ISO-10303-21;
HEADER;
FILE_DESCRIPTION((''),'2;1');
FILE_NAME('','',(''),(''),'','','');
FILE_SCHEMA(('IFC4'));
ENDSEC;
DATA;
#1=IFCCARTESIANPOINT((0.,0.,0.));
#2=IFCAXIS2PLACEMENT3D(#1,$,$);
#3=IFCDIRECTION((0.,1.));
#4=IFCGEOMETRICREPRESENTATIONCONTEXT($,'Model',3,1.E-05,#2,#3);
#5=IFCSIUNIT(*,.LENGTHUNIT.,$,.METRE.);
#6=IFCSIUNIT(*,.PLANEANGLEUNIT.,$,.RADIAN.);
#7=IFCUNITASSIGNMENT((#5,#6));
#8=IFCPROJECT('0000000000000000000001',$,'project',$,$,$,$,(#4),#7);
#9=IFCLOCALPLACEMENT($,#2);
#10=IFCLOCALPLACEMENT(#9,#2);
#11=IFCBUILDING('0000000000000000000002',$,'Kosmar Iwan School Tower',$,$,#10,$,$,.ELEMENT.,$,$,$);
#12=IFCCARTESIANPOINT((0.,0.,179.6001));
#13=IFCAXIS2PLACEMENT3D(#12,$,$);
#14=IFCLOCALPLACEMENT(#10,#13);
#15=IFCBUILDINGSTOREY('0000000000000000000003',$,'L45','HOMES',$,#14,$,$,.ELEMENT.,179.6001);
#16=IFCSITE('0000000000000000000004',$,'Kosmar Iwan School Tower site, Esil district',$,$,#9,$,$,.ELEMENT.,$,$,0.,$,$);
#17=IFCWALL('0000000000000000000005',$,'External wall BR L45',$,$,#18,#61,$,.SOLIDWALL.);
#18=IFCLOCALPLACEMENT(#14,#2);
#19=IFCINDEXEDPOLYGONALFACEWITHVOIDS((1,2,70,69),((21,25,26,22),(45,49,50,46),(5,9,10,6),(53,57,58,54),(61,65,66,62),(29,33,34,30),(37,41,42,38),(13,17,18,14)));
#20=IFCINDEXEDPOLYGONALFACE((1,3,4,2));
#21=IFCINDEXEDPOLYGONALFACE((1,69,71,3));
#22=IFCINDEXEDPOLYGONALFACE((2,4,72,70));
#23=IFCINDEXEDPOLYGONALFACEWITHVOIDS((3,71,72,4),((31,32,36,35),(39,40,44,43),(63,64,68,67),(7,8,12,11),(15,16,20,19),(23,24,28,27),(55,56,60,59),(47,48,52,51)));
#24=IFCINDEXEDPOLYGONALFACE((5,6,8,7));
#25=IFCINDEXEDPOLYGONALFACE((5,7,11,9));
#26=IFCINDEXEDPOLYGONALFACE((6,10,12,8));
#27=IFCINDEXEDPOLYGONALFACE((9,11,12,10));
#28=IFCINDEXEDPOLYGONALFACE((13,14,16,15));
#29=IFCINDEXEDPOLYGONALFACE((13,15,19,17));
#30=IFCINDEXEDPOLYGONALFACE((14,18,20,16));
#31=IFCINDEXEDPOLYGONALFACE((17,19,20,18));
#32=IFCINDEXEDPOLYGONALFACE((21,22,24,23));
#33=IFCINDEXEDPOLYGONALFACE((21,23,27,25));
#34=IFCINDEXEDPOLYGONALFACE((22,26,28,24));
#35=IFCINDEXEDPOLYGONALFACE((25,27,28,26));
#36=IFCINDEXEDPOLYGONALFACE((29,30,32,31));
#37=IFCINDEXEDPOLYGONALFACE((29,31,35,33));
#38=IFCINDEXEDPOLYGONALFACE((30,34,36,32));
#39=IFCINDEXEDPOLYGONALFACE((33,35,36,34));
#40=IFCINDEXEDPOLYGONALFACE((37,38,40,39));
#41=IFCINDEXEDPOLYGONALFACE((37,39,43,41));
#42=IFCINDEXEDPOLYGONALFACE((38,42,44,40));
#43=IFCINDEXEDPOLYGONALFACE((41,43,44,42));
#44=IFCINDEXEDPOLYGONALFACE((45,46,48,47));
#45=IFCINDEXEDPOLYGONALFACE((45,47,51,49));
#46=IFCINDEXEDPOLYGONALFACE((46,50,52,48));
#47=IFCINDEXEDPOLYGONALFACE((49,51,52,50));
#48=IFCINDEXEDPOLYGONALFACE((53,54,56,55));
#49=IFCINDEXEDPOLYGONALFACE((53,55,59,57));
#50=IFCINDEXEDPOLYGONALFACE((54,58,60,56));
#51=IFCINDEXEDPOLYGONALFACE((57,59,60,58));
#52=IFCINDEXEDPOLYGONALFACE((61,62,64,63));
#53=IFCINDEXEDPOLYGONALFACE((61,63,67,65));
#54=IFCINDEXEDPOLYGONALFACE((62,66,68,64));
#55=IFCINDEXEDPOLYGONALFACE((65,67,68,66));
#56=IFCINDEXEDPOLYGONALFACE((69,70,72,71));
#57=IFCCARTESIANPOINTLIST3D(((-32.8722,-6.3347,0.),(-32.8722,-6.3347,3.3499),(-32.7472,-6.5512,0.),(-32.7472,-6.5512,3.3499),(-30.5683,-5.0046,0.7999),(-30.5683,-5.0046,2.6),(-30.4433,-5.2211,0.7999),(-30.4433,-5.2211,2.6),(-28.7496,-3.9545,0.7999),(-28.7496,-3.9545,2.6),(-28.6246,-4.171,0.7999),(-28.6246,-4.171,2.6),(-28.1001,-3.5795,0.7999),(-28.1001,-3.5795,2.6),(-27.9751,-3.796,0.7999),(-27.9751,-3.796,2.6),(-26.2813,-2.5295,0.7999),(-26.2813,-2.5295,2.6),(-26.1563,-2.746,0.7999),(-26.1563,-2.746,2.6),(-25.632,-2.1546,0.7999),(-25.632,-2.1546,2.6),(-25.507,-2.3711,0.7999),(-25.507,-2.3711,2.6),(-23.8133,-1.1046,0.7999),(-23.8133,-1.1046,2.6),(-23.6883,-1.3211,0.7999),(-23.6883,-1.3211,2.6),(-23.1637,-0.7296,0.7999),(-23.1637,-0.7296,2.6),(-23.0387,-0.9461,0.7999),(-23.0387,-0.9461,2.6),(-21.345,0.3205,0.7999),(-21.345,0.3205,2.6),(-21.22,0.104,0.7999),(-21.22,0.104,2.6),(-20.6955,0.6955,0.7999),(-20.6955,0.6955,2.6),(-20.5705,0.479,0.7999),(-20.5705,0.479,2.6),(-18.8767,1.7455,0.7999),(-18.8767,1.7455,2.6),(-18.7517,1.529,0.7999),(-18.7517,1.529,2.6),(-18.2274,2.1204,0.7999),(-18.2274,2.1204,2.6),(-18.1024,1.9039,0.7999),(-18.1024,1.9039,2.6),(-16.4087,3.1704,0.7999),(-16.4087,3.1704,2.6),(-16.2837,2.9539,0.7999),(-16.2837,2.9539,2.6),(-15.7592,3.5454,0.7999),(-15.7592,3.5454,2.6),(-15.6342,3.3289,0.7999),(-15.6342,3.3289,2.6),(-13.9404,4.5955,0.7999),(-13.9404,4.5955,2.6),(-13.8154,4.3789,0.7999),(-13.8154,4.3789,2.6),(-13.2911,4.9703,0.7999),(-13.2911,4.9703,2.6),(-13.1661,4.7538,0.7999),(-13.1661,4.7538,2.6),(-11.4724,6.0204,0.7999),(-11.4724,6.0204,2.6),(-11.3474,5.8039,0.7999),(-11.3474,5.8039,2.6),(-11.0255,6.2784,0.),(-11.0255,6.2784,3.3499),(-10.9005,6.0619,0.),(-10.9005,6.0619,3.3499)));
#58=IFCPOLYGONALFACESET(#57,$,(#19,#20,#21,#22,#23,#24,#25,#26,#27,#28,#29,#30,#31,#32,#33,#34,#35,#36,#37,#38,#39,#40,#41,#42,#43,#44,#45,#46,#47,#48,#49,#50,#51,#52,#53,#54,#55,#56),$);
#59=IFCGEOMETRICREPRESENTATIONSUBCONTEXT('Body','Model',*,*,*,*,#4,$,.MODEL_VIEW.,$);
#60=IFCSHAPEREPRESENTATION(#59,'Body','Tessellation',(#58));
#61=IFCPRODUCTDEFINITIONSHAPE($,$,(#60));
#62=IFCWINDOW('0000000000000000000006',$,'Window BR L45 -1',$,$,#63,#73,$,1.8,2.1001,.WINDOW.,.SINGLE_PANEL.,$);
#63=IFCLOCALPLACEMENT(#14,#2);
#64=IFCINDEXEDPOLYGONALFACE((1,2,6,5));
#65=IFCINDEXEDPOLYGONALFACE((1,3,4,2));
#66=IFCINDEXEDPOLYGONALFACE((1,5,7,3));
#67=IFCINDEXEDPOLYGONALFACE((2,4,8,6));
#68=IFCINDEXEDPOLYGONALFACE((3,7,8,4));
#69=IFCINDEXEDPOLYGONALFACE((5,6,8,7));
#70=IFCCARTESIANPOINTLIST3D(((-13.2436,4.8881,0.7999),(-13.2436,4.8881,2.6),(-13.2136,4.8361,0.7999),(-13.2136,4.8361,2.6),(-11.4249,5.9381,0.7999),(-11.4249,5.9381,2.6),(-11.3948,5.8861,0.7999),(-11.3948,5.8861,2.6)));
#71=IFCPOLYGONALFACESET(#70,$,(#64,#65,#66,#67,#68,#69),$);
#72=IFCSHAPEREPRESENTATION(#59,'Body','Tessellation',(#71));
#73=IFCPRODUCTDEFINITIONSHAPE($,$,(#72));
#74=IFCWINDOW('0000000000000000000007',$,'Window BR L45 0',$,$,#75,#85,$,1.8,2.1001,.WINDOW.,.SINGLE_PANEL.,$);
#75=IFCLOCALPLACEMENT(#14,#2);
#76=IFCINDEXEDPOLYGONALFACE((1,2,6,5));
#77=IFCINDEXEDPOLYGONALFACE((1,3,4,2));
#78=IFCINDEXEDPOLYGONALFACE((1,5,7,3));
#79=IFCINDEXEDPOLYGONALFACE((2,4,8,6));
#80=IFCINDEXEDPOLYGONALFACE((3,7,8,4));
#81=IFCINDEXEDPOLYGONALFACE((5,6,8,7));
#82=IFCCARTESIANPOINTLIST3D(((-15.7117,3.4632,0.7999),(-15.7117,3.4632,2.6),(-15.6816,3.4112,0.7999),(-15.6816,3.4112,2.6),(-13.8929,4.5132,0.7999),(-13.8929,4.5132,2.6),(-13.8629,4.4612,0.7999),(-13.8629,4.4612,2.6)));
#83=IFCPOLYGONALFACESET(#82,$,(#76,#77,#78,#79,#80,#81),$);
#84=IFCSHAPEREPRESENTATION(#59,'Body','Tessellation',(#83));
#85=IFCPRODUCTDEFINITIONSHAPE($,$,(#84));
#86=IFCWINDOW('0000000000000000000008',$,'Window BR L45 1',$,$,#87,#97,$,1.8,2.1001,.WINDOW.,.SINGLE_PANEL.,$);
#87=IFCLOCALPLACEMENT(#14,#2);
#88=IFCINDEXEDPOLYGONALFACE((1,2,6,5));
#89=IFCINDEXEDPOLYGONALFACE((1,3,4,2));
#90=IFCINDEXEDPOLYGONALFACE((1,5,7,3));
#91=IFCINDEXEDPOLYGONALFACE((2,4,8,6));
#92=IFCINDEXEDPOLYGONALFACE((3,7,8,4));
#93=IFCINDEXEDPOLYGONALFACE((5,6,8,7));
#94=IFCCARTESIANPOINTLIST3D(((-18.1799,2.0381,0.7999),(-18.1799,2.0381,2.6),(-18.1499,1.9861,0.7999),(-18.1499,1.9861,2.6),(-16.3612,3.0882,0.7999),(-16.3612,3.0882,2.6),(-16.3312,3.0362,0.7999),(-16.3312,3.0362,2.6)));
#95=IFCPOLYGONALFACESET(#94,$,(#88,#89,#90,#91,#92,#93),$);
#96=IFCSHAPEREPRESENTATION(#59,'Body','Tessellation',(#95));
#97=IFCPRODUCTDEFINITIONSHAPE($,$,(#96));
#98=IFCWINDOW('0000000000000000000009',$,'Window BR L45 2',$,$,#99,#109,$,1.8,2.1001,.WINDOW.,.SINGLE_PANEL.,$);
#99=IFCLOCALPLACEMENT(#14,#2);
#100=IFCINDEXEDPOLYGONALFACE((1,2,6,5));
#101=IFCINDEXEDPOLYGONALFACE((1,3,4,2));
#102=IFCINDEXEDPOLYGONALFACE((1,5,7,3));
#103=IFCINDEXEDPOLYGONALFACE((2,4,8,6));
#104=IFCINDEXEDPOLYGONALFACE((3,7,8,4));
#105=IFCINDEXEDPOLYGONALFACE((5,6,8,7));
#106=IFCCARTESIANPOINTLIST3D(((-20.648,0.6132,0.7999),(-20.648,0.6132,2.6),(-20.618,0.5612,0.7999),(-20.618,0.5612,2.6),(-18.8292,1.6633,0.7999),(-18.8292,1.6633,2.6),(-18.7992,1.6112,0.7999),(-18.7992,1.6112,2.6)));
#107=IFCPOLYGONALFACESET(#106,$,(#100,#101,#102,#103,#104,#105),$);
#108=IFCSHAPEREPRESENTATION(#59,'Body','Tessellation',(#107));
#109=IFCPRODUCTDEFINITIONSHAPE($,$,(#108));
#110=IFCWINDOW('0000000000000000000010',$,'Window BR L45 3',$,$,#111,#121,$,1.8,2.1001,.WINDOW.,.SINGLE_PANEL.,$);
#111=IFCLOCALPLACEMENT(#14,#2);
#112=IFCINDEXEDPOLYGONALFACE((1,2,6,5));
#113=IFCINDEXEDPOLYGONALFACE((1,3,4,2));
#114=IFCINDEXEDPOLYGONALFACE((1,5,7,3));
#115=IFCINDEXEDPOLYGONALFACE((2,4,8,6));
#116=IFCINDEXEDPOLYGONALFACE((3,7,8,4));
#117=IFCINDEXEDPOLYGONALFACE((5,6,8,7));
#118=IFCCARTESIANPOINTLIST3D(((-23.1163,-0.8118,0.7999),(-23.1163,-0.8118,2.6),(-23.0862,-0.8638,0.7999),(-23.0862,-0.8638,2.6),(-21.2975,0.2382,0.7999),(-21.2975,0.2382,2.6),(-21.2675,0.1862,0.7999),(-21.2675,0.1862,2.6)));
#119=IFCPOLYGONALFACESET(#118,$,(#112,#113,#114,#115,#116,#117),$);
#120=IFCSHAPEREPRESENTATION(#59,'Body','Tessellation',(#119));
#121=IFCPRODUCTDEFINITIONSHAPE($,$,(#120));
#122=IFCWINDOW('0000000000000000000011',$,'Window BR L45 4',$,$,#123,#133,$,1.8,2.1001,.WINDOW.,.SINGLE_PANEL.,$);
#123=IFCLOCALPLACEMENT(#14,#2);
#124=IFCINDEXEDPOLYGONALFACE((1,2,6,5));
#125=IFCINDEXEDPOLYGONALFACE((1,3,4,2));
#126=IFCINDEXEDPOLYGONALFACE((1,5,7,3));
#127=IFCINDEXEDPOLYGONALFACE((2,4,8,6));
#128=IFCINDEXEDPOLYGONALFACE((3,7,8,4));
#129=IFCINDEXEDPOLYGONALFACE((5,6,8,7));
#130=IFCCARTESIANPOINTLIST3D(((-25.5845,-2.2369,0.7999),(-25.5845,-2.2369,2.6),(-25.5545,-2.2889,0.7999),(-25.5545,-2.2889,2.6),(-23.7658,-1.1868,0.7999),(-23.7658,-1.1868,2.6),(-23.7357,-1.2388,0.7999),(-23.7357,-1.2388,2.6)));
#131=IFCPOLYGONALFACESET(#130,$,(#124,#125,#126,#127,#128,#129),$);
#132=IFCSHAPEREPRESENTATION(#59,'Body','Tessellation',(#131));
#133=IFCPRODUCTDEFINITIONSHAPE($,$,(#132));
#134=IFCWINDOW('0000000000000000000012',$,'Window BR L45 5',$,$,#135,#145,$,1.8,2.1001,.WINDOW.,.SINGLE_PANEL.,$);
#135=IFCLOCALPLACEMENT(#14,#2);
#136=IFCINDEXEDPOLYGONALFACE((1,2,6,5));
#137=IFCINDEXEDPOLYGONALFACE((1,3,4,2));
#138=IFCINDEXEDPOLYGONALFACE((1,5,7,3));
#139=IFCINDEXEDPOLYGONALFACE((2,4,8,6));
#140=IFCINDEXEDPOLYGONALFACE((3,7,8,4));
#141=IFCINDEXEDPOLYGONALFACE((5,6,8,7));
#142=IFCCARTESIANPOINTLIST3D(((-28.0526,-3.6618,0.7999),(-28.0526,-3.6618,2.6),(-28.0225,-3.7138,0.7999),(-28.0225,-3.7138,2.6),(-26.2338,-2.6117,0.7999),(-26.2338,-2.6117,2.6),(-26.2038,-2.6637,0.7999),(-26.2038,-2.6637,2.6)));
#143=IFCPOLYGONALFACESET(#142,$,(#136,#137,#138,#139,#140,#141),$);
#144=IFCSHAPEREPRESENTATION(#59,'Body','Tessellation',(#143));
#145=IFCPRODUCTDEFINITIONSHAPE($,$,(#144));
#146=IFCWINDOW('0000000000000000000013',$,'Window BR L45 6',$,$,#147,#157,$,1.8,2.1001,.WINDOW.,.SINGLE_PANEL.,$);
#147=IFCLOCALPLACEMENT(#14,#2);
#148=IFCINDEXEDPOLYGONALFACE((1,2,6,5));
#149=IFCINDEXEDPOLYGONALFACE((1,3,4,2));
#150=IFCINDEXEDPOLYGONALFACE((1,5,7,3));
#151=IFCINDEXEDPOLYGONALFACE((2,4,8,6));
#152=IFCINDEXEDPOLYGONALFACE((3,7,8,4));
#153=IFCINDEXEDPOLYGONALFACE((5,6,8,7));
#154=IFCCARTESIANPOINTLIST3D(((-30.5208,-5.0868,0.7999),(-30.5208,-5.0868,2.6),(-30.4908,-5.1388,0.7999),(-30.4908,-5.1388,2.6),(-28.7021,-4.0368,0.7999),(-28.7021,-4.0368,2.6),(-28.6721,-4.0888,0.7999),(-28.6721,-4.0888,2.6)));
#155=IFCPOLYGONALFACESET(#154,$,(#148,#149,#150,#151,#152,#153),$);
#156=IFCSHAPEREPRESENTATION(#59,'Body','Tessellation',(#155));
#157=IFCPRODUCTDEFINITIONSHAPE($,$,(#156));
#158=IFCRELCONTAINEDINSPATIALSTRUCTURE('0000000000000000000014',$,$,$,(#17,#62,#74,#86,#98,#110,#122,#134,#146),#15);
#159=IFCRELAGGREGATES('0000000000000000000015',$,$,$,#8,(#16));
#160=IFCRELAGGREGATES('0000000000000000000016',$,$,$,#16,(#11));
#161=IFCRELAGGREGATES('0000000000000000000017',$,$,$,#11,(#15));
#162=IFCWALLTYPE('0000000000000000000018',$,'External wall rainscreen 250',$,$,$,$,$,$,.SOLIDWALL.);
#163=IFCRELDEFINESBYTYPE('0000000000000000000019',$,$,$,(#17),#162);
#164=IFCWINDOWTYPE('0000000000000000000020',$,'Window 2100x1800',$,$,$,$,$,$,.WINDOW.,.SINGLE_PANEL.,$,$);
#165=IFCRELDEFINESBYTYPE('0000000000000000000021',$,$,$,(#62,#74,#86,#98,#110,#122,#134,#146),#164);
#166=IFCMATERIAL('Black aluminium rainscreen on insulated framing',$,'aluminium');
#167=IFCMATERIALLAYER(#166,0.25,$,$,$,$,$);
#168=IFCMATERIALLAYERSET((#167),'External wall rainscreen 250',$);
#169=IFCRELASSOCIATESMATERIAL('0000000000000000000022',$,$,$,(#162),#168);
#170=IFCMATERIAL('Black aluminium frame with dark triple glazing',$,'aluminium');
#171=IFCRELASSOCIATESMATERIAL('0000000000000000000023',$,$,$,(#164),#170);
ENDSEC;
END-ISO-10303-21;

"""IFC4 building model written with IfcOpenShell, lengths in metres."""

from ifc_helpers import new_model, si_unit, direction, frame, frame_2d, origin, place, context, subcontext, project, spatial, rectangle, extrude, material, layer, layer_set, type_object, element, fill, save


model = new_model("IFC4")

# Units and contexts
model_context = context("Model", 3, precision=1e-05, world=origin(), true_north=direction((0.0, 1.0)))
body_context = subcontext(model_context, "Body", "Model", "MODEL_VIEW")
ifc_project = project(units=[si_unit("LENGTHUNIT", "METRE"), si_unit("PLANEANGLEUNIT", "RADIAN")], contexts=[model_context])

# Site, building, storey
site_placement = place(None, origin())
site = spatial("IfcSite", under=ifc_project, at=site_placement, Name="Kosmar Iwan School Tower site, Esil district", CompositionType="ELEMENT", RefElevation=0.0)
building_placement = place(site_placement, origin())
building = spatial("IfcBuilding", under=site, at=building_placement, Name="Kosmar Iwan School Tower", CompositionType="ELEMENT")
storey_placement = place(building_placement, frame((0.0, 0.0, 179.6001)))
storey = spatial("IfcBuildingStorey", under=building, at=storey_placement, Name="L45", Description="HOMES", CompositionType="ELEMENT", Elevation=179.6001)

# Wall, openings, windows
ifc_material_1 = material(Name="Black aluminium rainscreen on insulated framing", Category="aluminium")
ifc_layer = layer(ifc_material_1, 0.25)
ifc_layer_set = layer_set([ifc_layer], Name="External wall rainscreen 250")
wall_type = type_object("IfcWallType", Name="External wall rainscreen 250", PredefinedType="SOLIDWALL", material=ifc_layer_set)
ifc_material_2 = material(Name="Black aluminium frame with dark triple glazing", Category="aluminium")
window_type = type_object("IfcWindowType", Name="Window 2100x1800", PartitioningType="SINGLE_PANEL", PredefinedType="WINDOW", material=ifc_material_2)
wall_1_placement = place(storey_placement, frame((-10.9629, 6.1702, 0.0), z_axis=(0.0, 0.0, 1.0), x_axis=(-0.866028, -0.499996, 0.0)))
wall_1 = element("IfcWall", 1, at=wall_1_placement, inside=storey, type_object=wall_type, Name="External wall BR L45", PredefinedType="SOLIDWALL", context=body_context, shape_type="SweptSolid", body=[
    extrude(rectangle(XDim=25.2263, YDim=0.25, at=frame_2d((12.6133, 0.0))), origin(), (0.0, 0.0, 1.0), 3.3499),
])
opening_1_placement = place(wall_1_placement, frame((0.5161, 0.0, 0.8)))
opening_1 = element("IfcOpeningElement", 2, at=opening_1_placement, cuts=wall_1, PredefinedType="OPENING", context=body_context, shape_type="SweptSolid", body=[
    extrude(rectangle(XDim=2.1001, YDim=1.8, at=frame_2d((1.05, 0.8999))), frame((0.0, 0.137, 0.0), z_axis=(0.0, -1.0, 0.0), x_axis=(1.0, 0.0, 0.0)), (0.0, 0.0, 1.0), 0.2739),
])
opening_2_placement = place(wall_1_placement, frame((3.366, 0.0, 0.8)))
opening_2 = element("IfcOpeningElement", 3, at=opening_2_placement, cuts=wall_1, PredefinedType="OPENING", context=body_context, shape_type="SweptSolid", body=[
    extrude(rectangle(XDim=2.1001, YDim=1.8, at=frame_2d((1.05, 0.8999))), frame((0.0, 0.137, 0.0), z_axis=(0.0, -1.0, 0.0), x_axis=(1.0, 0.0, 0.0)), (0.0, 0.0, 1.0), 0.2739),
])
opening_3_placement = place(wall_1_placement, frame((6.2161, 0.0, 0.8)))
opening_3 = element("IfcOpeningElement", 4, at=opening_3_placement, cuts=wall_1, PredefinedType="OPENING", context=body_context, shape_type="SweptSolid", body=[
    extrude(rectangle(XDim=2.1001, YDim=1.8, at=frame_2d((1.05, 0.8999))), frame((0.0, 0.137, 0.0), z_axis=(0.0, -1.0, 0.0), x_axis=(1.0, 0.0, 0.0)), (0.0, 0.0, 1.0), 0.2739),
])
opening_4_placement = place(wall_1_placement, frame((9.0659, 0.0, 0.8)))
opening_4 = element("IfcOpeningElement", 5, at=opening_4_placement, cuts=wall_1, PredefinedType="OPENING", context=body_context, shape_type="SweptSolid", body=[
    extrude(rectangle(XDim=2.1001, YDim=1.8, at=frame_2d((1.05, 0.8999))), frame((0.0, 0.137, 0.0), z_axis=(0.0, -1.0, 0.0), x_axis=(1.0, 0.0, 0.0)), (0.0, 0.0, 1.0), 0.2739),
])
opening_5_placement = place(wall_1_placement, frame((11.916, 0.0, 0.8)))
opening_5 = element("IfcOpeningElement", 6, at=opening_5_placement, cuts=wall_1, PredefinedType="OPENING", context=body_context, shape_type="SweptSolid", body=[
    extrude(rectangle(XDim=2.1001, YDim=1.8, at=frame_2d((1.05, 0.8999))), frame((0.0, 0.137, 0.0), z_axis=(0.0, -1.0, 0.0), x_axis=(1.0, 0.0, 0.0)), (0.0, 0.0, 1.0), 0.2739),
])
opening_6_placement = place(wall_1_placement, frame((14.7661, 0.0, 0.8)))
opening_6 = element("IfcOpeningElement", 7, at=opening_6_placement, cuts=wall_1, PredefinedType="OPENING", context=body_context, shape_type="SweptSolid", body=[
    extrude(rectangle(XDim=2.1001, YDim=1.8, at=frame_2d((1.05, 0.8999))), frame((0.0, 0.137, 0.0), z_axis=(0.0, -1.0, 0.0), x_axis=(1.0, 0.0, 0.0)), (0.0, 0.0, 1.0), 0.2739),
])
opening_7_placement = place(wall_1_placement, frame((17.616, 0.0, 0.8)))
opening_7 = element("IfcOpeningElement", 8, at=opening_7_placement, cuts=wall_1, PredefinedType="OPENING", context=body_context, shape_type="SweptSolid", body=[
    extrude(rectangle(XDim=2.1001, YDim=1.8, at=frame_2d((1.05, 0.8999))), frame((0.0, 0.137, 0.0), z_axis=(0.0, -1.0, 0.0), x_axis=(1.0, 0.0, 0.0)), (0.0, 0.0, 1.0), 0.2739),
])
opening_8_placement = place(wall_1_placement, frame((20.4661, 0.0, 0.8)))
opening_8 = element("IfcOpeningElement", 9, at=opening_8_placement, cuts=wall_1, PredefinedType="OPENING", context=body_context, shape_type="SweptSolid", body=[
    extrude(rectangle(XDim=2.1001, YDim=1.8, at=frame_2d((1.05, 0.8999))), frame((0.0, 0.137, 0.0), z_axis=(0.0, -1.0, 0.0), x_axis=(1.0, 0.0, 0.0)), (0.0, 0.0, 1.0), 0.2739),
])
window_1_placement = place(opening_1_placement, origin())
window_1 = element("IfcWindow", 10, at=window_1_placement, inside=storey, type_object=window_type, Name="Window BR L45 -1", OverallHeight=1.8, OverallWidth=2.1001, PartitioningType="SINGLE_PANEL", PredefinedType="WINDOW", context=body_context, shape_type="SweptSolid", body=[
    extrude(rectangle(XDim=2.1001, YDim=1.8, at=frame_2d((1.05, 0.8999))), frame((0.0, 0.03, 0.0), z_axis=(0.0, -1.0, 0.0), x_axis=(1.0, 0.0, 0.0)), (0.0, 0.0, 1.0), 0.0601),
])
fill(opening_1, window_1)
window_2_placement = place(opening_2_placement, origin())
window_2 = element("IfcWindow", 11, at=window_2_placement, inside=storey, type_object=window_type, Name="Window BR L45 0", OverallHeight=1.8, OverallWidth=2.1001, PartitioningType="SINGLE_PANEL", PredefinedType="WINDOW", context=body_context, shape_type="SweptSolid", body=[
    extrude(rectangle(XDim=2.1001, YDim=1.8, at=frame_2d((1.05, 0.8999))), frame((0.0, 0.03, 0.0), z_axis=(0.0, -1.0, 0.0), x_axis=(1.0, 0.0, 0.0)), (0.0, 0.0, 1.0), 0.0601),
])
fill(opening_2, window_2)
window_3_placement = place(opening_3_placement, origin())
window_3 = element("IfcWindow", 12, at=window_3_placement, inside=storey, type_object=window_type, Name="Window BR L45 1", OverallHeight=1.8, OverallWidth=2.1001, PartitioningType="SINGLE_PANEL", PredefinedType="WINDOW", context=body_context, shape_type="SweptSolid", body=[
    extrude(rectangle(XDim=2.1001, YDim=1.8, at=frame_2d((1.05, 0.8999))), frame((0.0, 0.03, 0.0), z_axis=(0.0, -1.0, 0.0), x_axis=(1.0, 0.0, 0.0)), (0.0, 0.0, 1.0), 0.0601),
])
fill(opening_3, window_3)
window_4_placement = place(opening_4_placement, origin())
window_4 = element("IfcWindow", 13, at=window_4_placement, inside=storey, type_object=window_type, Name="Window BR L45 2", OverallHeight=1.8, OverallWidth=2.1001, PartitioningType="SINGLE_PANEL", PredefinedType="WINDOW", context=body_context, shape_type="SweptSolid", body=[
    extrude(rectangle(XDim=2.1001, YDim=1.8, at=frame_2d((1.05, 0.8999))), frame((0.0, 0.03, 0.0), z_axis=(0.0, -1.0, 0.0), x_axis=(1.0, 0.0, 0.0)), (0.0, 0.0, 1.0), 0.0601),
])
fill(opening_4, window_4)
window_5_placement = place(opening_5_placement, origin())
window_5 = element("IfcWindow", 14, at=window_5_placement, inside=storey, type_object=window_type, Name="Window BR L45 3", OverallHeight=1.8, OverallWidth=2.1001, PartitioningType="SINGLE_PANEL", PredefinedType="WINDOW", context=body_context, shape_type="SweptSolid", body=[
    extrude(rectangle(XDim=2.1001, YDim=1.8, at=frame_2d((1.05, 0.8999))), frame((0.0, 0.03, 0.0), z_axis=(0.0, -1.0, 0.0), x_axis=(1.0, 0.0, 0.0)), (0.0, 0.0, 1.0), 0.0601),
])
fill(opening_5, window_5)
window_6_placement = place(opening_6_placement, origin())
window_6 = element("IfcWindow", 15, at=window_6_placement, inside=storey, type_object=window_type, Name="Window BR L45 4", OverallHeight=1.8, OverallWidth=2.1001, PartitioningType="SINGLE_PANEL", PredefinedType="WINDOW", context=body_context, shape_type="SweptSolid", body=[
    extrude(rectangle(XDim=2.1001, YDim=1.8, at=frame_2d((1.05, 0.8999))), frame((0.0, 0.03, 0.0), z_axis=(0.0, -1.0, 0.0), x_axis=(1.0, 0.0, 0.0)), (0.0, 0.0, 1.0), 0.0601),
])
fill(opening_6, window_6)
window_7_placement = place(opening_7_placement, origin())
window_7 = element("IfcWindow", 16, at=window_7_placement, inside=storey, type_object=window_type, Name="Window BR L45 5", OverallHeight=1.8, OverallWidth=2.1001, PartitioningType="SINGLE_PANEL", PredefinedType="WINDOW", context=body_context, shape_type="SweptSolid", body=[
    extrude(rectangle(XDim=2.1001, YDim=1.8, at=frame_2d((1.05, 0.8999))), frame((0.0, 0.03, 0.0), z_axis=(0.0, -1.0, 0.0), x_axis=(1.0, 0.0, 0.0)), (0.0, 0.0, 1.0), 0.0601),
])
fill(opening_7, window_7)
window_8_placement = place(opening_8_placement, origin())
window_8 = element("IfcWindow", 17, at=window_8_placement, inside=storey, type_object=window_type, Name="Window BR L45 6", OverallHeight=1.8, OverallWidth=2.1001, PartitioningType="SINGLE_PANEL", PredefinedType="WINDOW", context=body_context, shape_type="SweptSolid", body=[
    extrude(rectangle(XDim=2.1001, YDim=1.8, at=frame_2d((1.05, 0.8999))), frame((0.0, 0.03, 0.0), z_axis=(0.0, -1.0, 0.0), x_axis=(1.0, 0.0, 0.0)), (0.0, 0.0, 1.0), 0.0601),
])
fill(opening_8, window_8)

save(model, "model.ifc")
